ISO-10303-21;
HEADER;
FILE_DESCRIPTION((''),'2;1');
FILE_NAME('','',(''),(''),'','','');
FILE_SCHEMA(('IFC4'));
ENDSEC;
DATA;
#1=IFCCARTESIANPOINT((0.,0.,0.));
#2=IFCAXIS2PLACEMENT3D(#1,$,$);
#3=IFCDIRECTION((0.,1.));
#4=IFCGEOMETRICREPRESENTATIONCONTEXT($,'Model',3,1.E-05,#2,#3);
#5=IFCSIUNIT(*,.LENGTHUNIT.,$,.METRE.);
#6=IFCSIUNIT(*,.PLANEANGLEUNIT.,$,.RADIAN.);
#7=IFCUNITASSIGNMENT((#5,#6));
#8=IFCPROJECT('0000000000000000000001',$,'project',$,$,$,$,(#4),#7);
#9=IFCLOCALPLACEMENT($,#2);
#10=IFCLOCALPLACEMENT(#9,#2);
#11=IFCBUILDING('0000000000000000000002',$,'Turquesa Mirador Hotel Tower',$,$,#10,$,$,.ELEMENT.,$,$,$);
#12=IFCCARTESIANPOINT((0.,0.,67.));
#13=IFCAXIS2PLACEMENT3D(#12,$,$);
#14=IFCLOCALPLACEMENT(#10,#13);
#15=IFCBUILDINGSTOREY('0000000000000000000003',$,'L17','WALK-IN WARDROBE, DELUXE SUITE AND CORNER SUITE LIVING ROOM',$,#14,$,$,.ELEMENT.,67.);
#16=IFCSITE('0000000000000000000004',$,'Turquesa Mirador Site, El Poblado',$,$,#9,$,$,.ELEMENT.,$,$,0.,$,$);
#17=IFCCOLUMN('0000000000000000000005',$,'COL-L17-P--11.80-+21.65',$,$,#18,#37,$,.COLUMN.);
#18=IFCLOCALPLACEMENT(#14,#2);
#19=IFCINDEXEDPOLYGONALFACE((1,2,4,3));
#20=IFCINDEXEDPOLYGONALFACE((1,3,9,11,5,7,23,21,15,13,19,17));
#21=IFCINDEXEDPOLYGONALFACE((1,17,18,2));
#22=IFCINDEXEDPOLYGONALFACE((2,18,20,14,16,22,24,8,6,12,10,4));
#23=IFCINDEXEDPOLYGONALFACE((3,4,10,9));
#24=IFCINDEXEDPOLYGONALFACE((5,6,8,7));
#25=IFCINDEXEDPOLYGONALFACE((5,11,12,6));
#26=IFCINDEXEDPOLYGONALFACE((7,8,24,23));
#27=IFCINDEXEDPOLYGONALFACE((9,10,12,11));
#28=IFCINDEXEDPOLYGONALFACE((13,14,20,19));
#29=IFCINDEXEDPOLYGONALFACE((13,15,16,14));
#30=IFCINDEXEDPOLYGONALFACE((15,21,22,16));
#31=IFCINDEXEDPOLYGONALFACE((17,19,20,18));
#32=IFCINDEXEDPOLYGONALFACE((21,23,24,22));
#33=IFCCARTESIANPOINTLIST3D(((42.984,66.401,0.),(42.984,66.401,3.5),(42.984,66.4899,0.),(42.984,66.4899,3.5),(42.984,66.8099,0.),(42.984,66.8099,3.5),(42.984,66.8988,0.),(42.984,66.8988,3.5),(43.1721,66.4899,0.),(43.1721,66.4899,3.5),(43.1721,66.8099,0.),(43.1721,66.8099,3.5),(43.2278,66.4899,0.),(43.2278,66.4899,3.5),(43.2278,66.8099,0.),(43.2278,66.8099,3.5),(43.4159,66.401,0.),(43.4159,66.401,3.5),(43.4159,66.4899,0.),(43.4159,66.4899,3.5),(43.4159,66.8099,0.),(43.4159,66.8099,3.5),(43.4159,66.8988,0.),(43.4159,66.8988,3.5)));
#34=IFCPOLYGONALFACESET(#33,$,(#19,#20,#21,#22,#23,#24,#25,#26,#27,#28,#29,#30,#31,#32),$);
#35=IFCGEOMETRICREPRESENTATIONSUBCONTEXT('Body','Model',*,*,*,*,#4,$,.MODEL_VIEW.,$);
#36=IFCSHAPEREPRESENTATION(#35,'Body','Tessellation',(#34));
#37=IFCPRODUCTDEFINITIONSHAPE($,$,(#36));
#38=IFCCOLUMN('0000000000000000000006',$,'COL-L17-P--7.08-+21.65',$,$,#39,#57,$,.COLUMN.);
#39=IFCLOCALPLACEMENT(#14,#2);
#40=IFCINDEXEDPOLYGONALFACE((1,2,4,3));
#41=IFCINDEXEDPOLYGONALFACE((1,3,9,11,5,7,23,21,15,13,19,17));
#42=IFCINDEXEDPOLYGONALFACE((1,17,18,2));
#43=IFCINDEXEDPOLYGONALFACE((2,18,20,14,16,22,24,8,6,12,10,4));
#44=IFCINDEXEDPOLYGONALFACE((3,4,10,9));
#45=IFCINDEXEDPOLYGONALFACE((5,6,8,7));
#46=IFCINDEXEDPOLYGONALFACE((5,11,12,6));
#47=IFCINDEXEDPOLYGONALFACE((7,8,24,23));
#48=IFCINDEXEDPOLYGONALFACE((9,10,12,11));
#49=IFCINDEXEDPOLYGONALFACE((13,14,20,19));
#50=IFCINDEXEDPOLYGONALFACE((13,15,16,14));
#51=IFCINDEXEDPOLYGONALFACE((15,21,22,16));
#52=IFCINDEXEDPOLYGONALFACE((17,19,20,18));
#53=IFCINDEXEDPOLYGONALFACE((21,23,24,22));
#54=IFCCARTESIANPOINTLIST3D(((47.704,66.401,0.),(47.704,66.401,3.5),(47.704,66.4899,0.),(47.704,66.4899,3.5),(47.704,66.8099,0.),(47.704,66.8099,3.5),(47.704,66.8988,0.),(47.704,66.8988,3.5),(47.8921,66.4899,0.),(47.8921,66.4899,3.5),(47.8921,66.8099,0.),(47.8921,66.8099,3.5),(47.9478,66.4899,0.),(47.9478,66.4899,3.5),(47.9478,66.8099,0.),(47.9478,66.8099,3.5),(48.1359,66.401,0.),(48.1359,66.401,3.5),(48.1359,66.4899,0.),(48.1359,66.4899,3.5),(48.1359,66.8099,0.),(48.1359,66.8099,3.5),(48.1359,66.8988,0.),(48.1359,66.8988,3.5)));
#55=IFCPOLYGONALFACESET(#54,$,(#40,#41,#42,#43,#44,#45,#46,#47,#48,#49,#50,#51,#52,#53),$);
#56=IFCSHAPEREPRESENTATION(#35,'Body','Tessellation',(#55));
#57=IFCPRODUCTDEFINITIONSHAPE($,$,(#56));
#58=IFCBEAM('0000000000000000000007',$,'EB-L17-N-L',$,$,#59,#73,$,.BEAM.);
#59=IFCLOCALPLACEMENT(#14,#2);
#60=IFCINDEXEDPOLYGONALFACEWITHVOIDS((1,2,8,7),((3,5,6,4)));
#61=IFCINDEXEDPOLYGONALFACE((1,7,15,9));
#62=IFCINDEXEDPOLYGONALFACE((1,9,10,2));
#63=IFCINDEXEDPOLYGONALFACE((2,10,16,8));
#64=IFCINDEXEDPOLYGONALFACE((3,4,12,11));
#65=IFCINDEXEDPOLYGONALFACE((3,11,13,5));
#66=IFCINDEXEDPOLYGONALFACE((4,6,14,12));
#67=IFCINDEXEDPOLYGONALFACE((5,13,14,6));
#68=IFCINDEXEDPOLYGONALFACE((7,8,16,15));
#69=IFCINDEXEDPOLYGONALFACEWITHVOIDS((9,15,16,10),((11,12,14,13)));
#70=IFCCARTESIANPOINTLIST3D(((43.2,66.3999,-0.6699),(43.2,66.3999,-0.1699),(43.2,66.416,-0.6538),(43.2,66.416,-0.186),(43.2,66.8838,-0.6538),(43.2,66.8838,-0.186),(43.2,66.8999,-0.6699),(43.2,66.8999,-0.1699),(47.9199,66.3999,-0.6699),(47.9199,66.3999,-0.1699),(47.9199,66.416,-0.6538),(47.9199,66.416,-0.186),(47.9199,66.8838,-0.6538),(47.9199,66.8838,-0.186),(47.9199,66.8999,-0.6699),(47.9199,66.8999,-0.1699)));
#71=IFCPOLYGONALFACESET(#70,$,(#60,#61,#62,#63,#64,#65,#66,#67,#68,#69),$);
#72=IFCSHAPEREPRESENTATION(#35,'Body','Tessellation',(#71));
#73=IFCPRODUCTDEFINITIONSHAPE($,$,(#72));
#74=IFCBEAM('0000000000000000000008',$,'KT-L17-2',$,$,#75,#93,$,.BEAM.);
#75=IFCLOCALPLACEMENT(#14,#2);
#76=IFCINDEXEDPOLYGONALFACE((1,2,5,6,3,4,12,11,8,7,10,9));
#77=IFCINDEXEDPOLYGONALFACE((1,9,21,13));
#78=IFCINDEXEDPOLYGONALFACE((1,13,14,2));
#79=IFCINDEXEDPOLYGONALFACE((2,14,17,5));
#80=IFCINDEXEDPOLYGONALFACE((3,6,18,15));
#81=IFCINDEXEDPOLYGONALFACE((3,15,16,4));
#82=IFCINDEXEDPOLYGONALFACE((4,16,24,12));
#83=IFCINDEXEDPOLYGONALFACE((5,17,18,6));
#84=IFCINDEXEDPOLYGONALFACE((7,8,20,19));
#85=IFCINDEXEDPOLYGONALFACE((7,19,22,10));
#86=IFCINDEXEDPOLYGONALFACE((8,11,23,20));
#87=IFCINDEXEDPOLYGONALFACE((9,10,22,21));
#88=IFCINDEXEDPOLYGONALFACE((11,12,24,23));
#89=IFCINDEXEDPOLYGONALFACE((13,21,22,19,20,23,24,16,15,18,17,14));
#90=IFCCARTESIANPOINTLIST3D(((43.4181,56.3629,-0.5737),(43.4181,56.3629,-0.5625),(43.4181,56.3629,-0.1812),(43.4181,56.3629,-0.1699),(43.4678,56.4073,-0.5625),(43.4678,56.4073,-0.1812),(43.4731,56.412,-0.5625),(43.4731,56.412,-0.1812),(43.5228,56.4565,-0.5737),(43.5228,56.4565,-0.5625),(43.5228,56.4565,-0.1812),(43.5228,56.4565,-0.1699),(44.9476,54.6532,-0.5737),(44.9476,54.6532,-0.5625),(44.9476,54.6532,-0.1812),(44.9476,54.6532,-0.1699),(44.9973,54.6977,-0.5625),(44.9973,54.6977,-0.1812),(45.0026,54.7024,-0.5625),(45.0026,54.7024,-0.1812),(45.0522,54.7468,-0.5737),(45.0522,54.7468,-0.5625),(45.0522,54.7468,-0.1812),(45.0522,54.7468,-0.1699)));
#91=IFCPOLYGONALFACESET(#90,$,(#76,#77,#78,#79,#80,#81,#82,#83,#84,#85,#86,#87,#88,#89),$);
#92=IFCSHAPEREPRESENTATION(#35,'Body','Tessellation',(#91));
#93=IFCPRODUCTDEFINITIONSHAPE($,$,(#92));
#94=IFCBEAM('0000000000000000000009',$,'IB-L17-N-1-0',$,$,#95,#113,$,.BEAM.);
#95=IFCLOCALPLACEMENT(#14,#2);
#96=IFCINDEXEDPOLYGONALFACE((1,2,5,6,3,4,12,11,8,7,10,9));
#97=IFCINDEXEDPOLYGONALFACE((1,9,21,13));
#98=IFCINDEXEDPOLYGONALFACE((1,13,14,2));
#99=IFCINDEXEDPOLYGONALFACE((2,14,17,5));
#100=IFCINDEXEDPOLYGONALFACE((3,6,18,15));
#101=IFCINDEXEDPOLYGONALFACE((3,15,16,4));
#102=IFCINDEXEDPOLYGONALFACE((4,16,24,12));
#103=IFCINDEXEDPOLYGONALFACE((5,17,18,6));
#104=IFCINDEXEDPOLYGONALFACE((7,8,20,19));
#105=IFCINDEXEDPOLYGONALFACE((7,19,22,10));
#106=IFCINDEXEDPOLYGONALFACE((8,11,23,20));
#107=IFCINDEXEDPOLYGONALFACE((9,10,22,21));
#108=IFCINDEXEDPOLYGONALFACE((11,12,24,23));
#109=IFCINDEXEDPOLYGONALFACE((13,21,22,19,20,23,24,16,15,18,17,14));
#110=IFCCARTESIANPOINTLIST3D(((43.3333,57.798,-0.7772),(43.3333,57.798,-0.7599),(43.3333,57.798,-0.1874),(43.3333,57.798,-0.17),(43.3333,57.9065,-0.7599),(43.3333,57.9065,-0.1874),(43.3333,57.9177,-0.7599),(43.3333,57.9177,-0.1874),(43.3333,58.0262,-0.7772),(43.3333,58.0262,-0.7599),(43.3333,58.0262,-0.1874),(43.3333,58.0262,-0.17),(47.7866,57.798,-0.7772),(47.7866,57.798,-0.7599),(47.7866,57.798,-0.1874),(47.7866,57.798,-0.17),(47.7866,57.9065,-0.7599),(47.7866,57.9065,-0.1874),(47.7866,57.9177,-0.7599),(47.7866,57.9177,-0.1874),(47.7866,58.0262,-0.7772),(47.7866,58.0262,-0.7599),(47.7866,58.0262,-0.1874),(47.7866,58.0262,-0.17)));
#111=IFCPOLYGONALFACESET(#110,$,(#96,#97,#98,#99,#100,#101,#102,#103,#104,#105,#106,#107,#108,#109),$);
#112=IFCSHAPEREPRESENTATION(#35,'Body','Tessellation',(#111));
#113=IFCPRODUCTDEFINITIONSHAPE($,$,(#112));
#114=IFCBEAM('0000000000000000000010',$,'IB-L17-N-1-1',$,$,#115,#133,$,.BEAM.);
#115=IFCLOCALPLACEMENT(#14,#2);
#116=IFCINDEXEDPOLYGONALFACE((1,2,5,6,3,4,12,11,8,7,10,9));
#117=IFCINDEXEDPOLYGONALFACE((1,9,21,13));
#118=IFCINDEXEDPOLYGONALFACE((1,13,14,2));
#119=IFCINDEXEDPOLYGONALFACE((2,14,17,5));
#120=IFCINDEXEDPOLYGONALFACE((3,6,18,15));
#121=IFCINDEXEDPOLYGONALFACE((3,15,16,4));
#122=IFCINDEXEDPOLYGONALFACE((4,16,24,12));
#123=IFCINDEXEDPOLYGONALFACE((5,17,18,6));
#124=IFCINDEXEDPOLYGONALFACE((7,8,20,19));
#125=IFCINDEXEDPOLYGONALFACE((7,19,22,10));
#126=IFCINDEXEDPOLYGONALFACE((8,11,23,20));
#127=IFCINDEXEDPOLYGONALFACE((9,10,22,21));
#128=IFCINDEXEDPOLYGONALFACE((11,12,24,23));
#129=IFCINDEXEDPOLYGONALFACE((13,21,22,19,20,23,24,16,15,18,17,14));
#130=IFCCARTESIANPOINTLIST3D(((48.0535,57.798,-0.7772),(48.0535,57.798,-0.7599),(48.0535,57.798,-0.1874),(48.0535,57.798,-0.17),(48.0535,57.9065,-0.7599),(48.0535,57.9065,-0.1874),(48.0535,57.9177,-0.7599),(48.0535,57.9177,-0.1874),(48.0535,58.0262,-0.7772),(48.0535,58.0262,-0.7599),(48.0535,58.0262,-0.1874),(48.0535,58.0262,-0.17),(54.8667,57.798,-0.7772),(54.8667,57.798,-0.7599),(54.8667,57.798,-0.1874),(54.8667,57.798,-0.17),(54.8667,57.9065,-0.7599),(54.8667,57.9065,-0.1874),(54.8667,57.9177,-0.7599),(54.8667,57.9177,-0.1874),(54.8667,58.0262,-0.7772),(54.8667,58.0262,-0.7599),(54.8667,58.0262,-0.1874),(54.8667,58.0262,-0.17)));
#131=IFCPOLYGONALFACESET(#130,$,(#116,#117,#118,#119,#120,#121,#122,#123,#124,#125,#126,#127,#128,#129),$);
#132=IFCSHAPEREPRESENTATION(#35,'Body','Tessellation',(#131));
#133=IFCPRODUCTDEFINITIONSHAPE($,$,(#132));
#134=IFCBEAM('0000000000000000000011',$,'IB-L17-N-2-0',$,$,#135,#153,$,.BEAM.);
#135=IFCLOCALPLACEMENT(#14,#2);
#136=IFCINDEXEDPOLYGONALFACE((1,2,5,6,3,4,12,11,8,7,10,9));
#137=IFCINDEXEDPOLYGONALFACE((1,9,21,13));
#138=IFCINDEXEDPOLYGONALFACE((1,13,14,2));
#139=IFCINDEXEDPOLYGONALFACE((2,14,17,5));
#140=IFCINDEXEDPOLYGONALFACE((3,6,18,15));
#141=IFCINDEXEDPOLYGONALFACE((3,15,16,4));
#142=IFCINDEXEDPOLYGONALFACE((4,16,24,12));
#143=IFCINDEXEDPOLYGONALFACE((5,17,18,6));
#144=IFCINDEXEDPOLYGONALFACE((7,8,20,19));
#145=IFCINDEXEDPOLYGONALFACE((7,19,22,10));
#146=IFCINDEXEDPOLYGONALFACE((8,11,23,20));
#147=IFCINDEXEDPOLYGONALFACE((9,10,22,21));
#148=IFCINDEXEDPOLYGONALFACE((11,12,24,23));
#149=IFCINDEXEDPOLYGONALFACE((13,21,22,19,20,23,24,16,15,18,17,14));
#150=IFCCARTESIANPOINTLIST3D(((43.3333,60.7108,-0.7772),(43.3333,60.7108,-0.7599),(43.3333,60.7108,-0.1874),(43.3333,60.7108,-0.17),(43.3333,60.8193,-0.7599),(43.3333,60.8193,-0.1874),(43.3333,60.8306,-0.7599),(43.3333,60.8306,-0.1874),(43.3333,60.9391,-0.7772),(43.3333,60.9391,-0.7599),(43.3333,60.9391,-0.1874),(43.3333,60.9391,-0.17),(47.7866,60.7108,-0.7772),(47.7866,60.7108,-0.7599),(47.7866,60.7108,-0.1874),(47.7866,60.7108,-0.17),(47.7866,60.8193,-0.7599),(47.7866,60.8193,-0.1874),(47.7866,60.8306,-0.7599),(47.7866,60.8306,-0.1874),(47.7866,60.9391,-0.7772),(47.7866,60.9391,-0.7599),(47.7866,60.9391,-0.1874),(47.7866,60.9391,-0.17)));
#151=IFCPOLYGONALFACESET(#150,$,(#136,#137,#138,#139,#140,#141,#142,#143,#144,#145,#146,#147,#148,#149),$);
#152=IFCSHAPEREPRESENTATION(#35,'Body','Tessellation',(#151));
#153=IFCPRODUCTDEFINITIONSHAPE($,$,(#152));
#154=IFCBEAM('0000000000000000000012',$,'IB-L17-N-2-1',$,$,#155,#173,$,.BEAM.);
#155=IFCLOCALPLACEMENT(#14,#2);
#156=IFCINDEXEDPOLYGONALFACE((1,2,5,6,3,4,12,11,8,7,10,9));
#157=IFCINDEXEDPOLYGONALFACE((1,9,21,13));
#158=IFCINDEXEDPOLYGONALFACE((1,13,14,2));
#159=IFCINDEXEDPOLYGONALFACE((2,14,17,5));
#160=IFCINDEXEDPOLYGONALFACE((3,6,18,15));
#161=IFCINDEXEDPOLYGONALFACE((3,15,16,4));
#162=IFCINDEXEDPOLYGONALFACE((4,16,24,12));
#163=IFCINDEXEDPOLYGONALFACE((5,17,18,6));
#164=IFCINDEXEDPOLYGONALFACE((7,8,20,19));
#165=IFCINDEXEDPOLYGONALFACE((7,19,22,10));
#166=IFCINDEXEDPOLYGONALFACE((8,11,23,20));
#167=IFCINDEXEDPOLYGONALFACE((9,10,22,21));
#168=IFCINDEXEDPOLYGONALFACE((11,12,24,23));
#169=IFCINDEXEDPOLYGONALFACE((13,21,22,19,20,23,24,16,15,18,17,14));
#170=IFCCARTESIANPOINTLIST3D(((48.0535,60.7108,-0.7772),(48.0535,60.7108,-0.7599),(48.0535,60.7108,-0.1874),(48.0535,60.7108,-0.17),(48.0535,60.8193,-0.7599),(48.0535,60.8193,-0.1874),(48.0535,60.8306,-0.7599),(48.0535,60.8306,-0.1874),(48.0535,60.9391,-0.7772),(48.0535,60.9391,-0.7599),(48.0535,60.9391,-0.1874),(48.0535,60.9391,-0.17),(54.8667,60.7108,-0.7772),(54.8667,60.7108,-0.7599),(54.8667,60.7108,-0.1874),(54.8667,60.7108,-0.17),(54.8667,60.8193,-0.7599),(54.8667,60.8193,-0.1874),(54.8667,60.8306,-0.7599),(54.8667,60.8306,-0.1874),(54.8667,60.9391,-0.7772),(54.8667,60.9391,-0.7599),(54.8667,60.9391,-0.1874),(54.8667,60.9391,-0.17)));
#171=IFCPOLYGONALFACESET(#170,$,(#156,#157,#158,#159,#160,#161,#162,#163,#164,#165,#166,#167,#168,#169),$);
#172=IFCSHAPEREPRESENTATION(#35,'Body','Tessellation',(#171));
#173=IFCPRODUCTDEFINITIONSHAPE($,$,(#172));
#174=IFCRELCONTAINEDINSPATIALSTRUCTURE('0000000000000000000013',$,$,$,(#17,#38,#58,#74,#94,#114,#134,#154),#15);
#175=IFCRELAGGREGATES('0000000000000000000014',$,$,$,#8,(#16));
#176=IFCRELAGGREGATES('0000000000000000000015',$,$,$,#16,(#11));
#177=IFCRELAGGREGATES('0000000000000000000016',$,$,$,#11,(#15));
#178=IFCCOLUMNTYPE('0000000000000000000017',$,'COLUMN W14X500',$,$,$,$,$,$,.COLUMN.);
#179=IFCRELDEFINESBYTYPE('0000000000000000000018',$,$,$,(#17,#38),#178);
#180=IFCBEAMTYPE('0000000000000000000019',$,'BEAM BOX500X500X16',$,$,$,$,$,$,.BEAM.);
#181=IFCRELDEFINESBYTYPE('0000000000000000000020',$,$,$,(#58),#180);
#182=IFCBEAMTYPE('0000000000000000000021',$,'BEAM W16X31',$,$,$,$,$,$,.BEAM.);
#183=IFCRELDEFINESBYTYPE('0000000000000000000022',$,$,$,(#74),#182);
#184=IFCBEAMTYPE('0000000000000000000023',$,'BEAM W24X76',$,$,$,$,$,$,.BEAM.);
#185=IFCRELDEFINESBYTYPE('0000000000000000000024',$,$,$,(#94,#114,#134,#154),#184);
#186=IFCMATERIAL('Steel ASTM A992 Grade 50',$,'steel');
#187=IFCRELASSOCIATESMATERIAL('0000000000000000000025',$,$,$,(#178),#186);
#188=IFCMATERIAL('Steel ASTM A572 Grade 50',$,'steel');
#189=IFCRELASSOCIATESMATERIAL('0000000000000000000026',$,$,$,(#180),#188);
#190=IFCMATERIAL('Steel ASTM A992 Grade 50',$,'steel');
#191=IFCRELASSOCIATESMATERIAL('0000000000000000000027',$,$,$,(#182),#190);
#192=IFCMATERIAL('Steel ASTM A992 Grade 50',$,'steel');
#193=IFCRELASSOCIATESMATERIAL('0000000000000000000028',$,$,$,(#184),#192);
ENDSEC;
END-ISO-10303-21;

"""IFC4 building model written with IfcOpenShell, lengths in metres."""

from ifc_helpers import new_model, si_unit, direction, frame, origin, origin_2d, place, context, subcontext, project, spatial, hollow_rectangle, i_section, extrude, material, material_profile, profile_set, type_object, element, save


model = new_model("IFC4")

# Units and contexts
model_context = context("Model", 3, precision=1e-05, world=origin(), true_north=direction((0.0, 1.0)))
body_context = subcontext(model_context, "Body", "Model", "MODEL_VIEW")
ifc_project = project(units=[si_unit("LENGTHUNIT", "METRE"), si_unit("PLANEANGLEUNIT", "RADIAN")], contexts=[model_context])

# Site, building, storey
site_placement = place(None, origin())
site = spatial("IfcSite", under=ifc_project, at=site_placement, Name="Turquesa Mirador Site, El Poblado", CompositionType="ELEMENT", RefElevation=0.0)
building_placement = place(site_placement, origin())
building = spatial("IfcBuilding", under=site, at=building_placement, Name="Turquesa Mirador Hotel Tower", CompositionType="ELEMENT")
storey_placement = place(building_placement, frame((0.0, 0.0, 67.0)))
storey = spatial("IfcBuildingStorey", under=building, at=storey_placement, Name="L17", Description="WALK-IN WARDROBE, DELUXE SUITE AND CORNER SUITE LIVING ROOM", CompositionType="ELEMENT", Elevation=67.0)

# Columns
ifc_material_1 = material(Name="Steel ASTM A992 Grade 50", Category="steel")
ifc_material_profile_1 = material_profile(ifc_material_1, i_section(OverallWidth=0.4319, OverallDepth=0.4978, WebThickness=0.0557, FlangeThickness=0.0889, at=origin_2d()), Name="W14X500")
ifc_profile_set_1 = profile_set([ifc_material_profile_1], Name="Steel ASTM A992 Grade 50")
column_type = type_object("IfcColumnType", Name="COLUMN W14X500", PredefinedType="COLUMN", material=ifc_profile_set_1)
for number, where, z_axis, x_axis, name in (
    (1, (43.2, 66.6499, 0.0), (0.0, 0.0, 1.0), (1.0, 0.0, 0.0), "COL-L17-P--11.80-+21.65"),
    (2, (47.9199, 66.6499, 0.0), (0.0, 0.0, 1.0), (1.0, 0.0, 0.0), "COL-L17-P--7.08-+21.65"),
):
    element("IfcColumn", number, at=place(storey_placement, frame(where, z_axis=z_axis, x_axis=x_axis)), inside=storey, type_object=column_type, Name=name, PredefinedType="COLUMN", context=body_context, shape_type="SweptSolid", body=[
        extrude(i_section(OverallWidth=0.4319, OverallDepth=0.4978, WebThickness=0.0557, FlangeThickness=0.0889, at=origin_2d()), origin(), (0.0, 0.0, 1.0), 3.5),
    ])

# Beams
ifc_material_2 = material(Name="Steel ASTM A572 Grade 50", Category="steel")
ifc_material_profile_2 = material_profile(ifc_material_2, hollow_rectangle(XDim=0.5, YDim=0.5, WallThickness=0.0161, at=origin_2d()), Name="BOX500X500X16")
ifc_profile_set_2 = profile_set([ifc_material_profile_2], Name="Steel ASTM A572 Grade 50")
beam_type_1 = type_object("IfcBeamType", Name="BEAM BOX500X500X16", PredefinedType="BEAM", material=ifc_profile_set_2)
beam_1_placement = place(storey_placement, frame((43.2, 66.6499, -0.4199), z_axis=(1.0, 0.0, 0.0), x_axis=(0.0, 1.0, 0.0)))
element("IfcBeam", 3, at=beam_1_placement, inside=storey, type_object=beam_type_1, Name="EB-L17-N-L", PredefinedType="BEAM", context=body_context, shape_type="SweptSolid", body=[
    extrude(hollow_rectangle(XDim=0.5, YDim=0.5, WallThickness=0.0161, at=origin_2d()), origin(), (0.0, 0.0, 1.0), 4.72),
])
ifc_material_3 = material(Name="Steel ASTM A992 Grade 50", Category="steel")
ifc_material_profile_3 = material_profile(ifc_material_3, i_section(OverallWidth=0.1404, OverallDepth=0.4038, WebThickness=0.0071, FlangeThickness=0.0112, at=origin_2d()), Name="W16X31")
ifc_profile_set_3 = profile_set([ifc_material_profile_3], Name="Steel ASTM A992 Grade 50")
beam_type_2 = type_object("IfcBeamType", Name="BEAM W16X31", PredefinedType="BEAM", material=ifc_profile_set_3)
beam_2_placement = place(storey_placement, frame((43.4705, 56.4097, -0.3718), z_axis=(0.666745, -0.745286, 0.0), x_axis=(0.745286, 0.666745, 0.0)))
element("IfcBeam", 4, at=beam_2_placement, inside=storey, type_object=beam_type_2, Name="KT-L17-2", PredefinedType="BEAM", context=body_context, shape_type="SweptSolid", body=[
    extrude(i_section(OverallWidth=0.1404, OverallDepth=0.4038, WebThickness=0.0071, FlangeThickness=0.0112, at=origin_2d()), origin(), (0.0, 0.0, 1.0), 2.2939),
])
ifc_material_4 = material(Name="Steel ASTM A992 Grade 50", Category="steel")
ifc_material_profile_4 = material_profile(ifc_material_4, i_section(OverallWidth=0.2283, OverallDepth=0.6072, WebThickness=0.0112, FlangeThickness=0.0173, at=origin_2d()), Name="W24X76")
ifc_profile_set_4 = profile_set([ifc_material_profile_4], Name="Steel ASTM A992 Grade 50")
beam_type_3 = type_object("IfcBeamType", Name="BEAM W24X76", PredefinedType="BEAM", material=ifc_profile_set_4)
beam_3_placement = place(storey_placement, frame((43.3333, 57.9121, -0.4736), z_axis=(1.0, 0.0, 0.0), x_axis=(0.0, 1.0, 0.0)))
element("IfcBeam", 5, at=beam_3_placement, inside=storey, type_object=beam_type_3, Name="IB-L17-N-1-0", PredefinedType="BEAM", context=body_context, shape_type="SweptSolid", body=[
    extrude(i_section(OverallWidth=0.2283, OverallDepth=0.6072, WebThickness=0.0112, FlangeThickness=0.0173, at=origin_2d()), origin(), (0.0, 0.0, 1.0), 4.4534),
])
beam_4_placement = place(storey_placement, frame((48.0535, 57.9121, -0.4736), z_axis=(1.0, 0.0, 0.0), x_axis=(0.0, 1.0, 0.0)))
element("IfcBeam", 6, at=beam_4_placement, inside=storey, type_object=beam_type_3, Name="IB-L17-N-1-1", PredefinedType="BEAM", context=body_context, shape_type="SweptSolid", body=[
    extrude(i_section(OverallWidth=0.2283, OverallDepth=0.6072, WebThickness=0.0112, FlangeThickness=0.0173, at=origin_2d()), origin(), (0.0, 0.0, 1.0), 6.8132),
])
beam_5_placement = place(storey_placement, frame((43.3333, 60.825, -0.4736), z_axis=(1.0, 0.0, 0.0), x_axis=(0.0, 1.0, 0.0)))
element("IfcBeam", 7, at=beam_5_placement, inside=storey, type_object=beam_type_3, Name="IB-L17-N-2-0", PredefinedType="BEAM", context=body_context, shape_type="SweptSolid", body=[
    extrude(i_section(OverallWidth=0.2283, OverallDepth=0.6072, WebThickness=0.0112, FlangeThickness=0.0173, at=origin_2d()), origin(), (0.0, 0.0, 1.0), 4.4534),
])
beam_6_placement = place(storey_placement, frame((48.0535, 60.825, -0.4736), z_axis=(1.0, 0.0, 0.0), x_axis=(0.0, 1.0, 0.0)))
element("IfcBeam", 8, at=beam_6_placement, inside=storey, type_object=beam_type_3, Name="IB-L17-N-2-1", PredefinedType="BEAM", context=body_context, shape_type="SweptSolid", body=[
    extrude(i_section(OverallWidth=0.2283, OverallDepth=0.6072, WebThickness=0.0112, FlangeThickness=0.0173, at=origin_2d()), origin(), (0.0, 0.0, 1.0), 6.8132),
])

save(model, "model.ifc")
